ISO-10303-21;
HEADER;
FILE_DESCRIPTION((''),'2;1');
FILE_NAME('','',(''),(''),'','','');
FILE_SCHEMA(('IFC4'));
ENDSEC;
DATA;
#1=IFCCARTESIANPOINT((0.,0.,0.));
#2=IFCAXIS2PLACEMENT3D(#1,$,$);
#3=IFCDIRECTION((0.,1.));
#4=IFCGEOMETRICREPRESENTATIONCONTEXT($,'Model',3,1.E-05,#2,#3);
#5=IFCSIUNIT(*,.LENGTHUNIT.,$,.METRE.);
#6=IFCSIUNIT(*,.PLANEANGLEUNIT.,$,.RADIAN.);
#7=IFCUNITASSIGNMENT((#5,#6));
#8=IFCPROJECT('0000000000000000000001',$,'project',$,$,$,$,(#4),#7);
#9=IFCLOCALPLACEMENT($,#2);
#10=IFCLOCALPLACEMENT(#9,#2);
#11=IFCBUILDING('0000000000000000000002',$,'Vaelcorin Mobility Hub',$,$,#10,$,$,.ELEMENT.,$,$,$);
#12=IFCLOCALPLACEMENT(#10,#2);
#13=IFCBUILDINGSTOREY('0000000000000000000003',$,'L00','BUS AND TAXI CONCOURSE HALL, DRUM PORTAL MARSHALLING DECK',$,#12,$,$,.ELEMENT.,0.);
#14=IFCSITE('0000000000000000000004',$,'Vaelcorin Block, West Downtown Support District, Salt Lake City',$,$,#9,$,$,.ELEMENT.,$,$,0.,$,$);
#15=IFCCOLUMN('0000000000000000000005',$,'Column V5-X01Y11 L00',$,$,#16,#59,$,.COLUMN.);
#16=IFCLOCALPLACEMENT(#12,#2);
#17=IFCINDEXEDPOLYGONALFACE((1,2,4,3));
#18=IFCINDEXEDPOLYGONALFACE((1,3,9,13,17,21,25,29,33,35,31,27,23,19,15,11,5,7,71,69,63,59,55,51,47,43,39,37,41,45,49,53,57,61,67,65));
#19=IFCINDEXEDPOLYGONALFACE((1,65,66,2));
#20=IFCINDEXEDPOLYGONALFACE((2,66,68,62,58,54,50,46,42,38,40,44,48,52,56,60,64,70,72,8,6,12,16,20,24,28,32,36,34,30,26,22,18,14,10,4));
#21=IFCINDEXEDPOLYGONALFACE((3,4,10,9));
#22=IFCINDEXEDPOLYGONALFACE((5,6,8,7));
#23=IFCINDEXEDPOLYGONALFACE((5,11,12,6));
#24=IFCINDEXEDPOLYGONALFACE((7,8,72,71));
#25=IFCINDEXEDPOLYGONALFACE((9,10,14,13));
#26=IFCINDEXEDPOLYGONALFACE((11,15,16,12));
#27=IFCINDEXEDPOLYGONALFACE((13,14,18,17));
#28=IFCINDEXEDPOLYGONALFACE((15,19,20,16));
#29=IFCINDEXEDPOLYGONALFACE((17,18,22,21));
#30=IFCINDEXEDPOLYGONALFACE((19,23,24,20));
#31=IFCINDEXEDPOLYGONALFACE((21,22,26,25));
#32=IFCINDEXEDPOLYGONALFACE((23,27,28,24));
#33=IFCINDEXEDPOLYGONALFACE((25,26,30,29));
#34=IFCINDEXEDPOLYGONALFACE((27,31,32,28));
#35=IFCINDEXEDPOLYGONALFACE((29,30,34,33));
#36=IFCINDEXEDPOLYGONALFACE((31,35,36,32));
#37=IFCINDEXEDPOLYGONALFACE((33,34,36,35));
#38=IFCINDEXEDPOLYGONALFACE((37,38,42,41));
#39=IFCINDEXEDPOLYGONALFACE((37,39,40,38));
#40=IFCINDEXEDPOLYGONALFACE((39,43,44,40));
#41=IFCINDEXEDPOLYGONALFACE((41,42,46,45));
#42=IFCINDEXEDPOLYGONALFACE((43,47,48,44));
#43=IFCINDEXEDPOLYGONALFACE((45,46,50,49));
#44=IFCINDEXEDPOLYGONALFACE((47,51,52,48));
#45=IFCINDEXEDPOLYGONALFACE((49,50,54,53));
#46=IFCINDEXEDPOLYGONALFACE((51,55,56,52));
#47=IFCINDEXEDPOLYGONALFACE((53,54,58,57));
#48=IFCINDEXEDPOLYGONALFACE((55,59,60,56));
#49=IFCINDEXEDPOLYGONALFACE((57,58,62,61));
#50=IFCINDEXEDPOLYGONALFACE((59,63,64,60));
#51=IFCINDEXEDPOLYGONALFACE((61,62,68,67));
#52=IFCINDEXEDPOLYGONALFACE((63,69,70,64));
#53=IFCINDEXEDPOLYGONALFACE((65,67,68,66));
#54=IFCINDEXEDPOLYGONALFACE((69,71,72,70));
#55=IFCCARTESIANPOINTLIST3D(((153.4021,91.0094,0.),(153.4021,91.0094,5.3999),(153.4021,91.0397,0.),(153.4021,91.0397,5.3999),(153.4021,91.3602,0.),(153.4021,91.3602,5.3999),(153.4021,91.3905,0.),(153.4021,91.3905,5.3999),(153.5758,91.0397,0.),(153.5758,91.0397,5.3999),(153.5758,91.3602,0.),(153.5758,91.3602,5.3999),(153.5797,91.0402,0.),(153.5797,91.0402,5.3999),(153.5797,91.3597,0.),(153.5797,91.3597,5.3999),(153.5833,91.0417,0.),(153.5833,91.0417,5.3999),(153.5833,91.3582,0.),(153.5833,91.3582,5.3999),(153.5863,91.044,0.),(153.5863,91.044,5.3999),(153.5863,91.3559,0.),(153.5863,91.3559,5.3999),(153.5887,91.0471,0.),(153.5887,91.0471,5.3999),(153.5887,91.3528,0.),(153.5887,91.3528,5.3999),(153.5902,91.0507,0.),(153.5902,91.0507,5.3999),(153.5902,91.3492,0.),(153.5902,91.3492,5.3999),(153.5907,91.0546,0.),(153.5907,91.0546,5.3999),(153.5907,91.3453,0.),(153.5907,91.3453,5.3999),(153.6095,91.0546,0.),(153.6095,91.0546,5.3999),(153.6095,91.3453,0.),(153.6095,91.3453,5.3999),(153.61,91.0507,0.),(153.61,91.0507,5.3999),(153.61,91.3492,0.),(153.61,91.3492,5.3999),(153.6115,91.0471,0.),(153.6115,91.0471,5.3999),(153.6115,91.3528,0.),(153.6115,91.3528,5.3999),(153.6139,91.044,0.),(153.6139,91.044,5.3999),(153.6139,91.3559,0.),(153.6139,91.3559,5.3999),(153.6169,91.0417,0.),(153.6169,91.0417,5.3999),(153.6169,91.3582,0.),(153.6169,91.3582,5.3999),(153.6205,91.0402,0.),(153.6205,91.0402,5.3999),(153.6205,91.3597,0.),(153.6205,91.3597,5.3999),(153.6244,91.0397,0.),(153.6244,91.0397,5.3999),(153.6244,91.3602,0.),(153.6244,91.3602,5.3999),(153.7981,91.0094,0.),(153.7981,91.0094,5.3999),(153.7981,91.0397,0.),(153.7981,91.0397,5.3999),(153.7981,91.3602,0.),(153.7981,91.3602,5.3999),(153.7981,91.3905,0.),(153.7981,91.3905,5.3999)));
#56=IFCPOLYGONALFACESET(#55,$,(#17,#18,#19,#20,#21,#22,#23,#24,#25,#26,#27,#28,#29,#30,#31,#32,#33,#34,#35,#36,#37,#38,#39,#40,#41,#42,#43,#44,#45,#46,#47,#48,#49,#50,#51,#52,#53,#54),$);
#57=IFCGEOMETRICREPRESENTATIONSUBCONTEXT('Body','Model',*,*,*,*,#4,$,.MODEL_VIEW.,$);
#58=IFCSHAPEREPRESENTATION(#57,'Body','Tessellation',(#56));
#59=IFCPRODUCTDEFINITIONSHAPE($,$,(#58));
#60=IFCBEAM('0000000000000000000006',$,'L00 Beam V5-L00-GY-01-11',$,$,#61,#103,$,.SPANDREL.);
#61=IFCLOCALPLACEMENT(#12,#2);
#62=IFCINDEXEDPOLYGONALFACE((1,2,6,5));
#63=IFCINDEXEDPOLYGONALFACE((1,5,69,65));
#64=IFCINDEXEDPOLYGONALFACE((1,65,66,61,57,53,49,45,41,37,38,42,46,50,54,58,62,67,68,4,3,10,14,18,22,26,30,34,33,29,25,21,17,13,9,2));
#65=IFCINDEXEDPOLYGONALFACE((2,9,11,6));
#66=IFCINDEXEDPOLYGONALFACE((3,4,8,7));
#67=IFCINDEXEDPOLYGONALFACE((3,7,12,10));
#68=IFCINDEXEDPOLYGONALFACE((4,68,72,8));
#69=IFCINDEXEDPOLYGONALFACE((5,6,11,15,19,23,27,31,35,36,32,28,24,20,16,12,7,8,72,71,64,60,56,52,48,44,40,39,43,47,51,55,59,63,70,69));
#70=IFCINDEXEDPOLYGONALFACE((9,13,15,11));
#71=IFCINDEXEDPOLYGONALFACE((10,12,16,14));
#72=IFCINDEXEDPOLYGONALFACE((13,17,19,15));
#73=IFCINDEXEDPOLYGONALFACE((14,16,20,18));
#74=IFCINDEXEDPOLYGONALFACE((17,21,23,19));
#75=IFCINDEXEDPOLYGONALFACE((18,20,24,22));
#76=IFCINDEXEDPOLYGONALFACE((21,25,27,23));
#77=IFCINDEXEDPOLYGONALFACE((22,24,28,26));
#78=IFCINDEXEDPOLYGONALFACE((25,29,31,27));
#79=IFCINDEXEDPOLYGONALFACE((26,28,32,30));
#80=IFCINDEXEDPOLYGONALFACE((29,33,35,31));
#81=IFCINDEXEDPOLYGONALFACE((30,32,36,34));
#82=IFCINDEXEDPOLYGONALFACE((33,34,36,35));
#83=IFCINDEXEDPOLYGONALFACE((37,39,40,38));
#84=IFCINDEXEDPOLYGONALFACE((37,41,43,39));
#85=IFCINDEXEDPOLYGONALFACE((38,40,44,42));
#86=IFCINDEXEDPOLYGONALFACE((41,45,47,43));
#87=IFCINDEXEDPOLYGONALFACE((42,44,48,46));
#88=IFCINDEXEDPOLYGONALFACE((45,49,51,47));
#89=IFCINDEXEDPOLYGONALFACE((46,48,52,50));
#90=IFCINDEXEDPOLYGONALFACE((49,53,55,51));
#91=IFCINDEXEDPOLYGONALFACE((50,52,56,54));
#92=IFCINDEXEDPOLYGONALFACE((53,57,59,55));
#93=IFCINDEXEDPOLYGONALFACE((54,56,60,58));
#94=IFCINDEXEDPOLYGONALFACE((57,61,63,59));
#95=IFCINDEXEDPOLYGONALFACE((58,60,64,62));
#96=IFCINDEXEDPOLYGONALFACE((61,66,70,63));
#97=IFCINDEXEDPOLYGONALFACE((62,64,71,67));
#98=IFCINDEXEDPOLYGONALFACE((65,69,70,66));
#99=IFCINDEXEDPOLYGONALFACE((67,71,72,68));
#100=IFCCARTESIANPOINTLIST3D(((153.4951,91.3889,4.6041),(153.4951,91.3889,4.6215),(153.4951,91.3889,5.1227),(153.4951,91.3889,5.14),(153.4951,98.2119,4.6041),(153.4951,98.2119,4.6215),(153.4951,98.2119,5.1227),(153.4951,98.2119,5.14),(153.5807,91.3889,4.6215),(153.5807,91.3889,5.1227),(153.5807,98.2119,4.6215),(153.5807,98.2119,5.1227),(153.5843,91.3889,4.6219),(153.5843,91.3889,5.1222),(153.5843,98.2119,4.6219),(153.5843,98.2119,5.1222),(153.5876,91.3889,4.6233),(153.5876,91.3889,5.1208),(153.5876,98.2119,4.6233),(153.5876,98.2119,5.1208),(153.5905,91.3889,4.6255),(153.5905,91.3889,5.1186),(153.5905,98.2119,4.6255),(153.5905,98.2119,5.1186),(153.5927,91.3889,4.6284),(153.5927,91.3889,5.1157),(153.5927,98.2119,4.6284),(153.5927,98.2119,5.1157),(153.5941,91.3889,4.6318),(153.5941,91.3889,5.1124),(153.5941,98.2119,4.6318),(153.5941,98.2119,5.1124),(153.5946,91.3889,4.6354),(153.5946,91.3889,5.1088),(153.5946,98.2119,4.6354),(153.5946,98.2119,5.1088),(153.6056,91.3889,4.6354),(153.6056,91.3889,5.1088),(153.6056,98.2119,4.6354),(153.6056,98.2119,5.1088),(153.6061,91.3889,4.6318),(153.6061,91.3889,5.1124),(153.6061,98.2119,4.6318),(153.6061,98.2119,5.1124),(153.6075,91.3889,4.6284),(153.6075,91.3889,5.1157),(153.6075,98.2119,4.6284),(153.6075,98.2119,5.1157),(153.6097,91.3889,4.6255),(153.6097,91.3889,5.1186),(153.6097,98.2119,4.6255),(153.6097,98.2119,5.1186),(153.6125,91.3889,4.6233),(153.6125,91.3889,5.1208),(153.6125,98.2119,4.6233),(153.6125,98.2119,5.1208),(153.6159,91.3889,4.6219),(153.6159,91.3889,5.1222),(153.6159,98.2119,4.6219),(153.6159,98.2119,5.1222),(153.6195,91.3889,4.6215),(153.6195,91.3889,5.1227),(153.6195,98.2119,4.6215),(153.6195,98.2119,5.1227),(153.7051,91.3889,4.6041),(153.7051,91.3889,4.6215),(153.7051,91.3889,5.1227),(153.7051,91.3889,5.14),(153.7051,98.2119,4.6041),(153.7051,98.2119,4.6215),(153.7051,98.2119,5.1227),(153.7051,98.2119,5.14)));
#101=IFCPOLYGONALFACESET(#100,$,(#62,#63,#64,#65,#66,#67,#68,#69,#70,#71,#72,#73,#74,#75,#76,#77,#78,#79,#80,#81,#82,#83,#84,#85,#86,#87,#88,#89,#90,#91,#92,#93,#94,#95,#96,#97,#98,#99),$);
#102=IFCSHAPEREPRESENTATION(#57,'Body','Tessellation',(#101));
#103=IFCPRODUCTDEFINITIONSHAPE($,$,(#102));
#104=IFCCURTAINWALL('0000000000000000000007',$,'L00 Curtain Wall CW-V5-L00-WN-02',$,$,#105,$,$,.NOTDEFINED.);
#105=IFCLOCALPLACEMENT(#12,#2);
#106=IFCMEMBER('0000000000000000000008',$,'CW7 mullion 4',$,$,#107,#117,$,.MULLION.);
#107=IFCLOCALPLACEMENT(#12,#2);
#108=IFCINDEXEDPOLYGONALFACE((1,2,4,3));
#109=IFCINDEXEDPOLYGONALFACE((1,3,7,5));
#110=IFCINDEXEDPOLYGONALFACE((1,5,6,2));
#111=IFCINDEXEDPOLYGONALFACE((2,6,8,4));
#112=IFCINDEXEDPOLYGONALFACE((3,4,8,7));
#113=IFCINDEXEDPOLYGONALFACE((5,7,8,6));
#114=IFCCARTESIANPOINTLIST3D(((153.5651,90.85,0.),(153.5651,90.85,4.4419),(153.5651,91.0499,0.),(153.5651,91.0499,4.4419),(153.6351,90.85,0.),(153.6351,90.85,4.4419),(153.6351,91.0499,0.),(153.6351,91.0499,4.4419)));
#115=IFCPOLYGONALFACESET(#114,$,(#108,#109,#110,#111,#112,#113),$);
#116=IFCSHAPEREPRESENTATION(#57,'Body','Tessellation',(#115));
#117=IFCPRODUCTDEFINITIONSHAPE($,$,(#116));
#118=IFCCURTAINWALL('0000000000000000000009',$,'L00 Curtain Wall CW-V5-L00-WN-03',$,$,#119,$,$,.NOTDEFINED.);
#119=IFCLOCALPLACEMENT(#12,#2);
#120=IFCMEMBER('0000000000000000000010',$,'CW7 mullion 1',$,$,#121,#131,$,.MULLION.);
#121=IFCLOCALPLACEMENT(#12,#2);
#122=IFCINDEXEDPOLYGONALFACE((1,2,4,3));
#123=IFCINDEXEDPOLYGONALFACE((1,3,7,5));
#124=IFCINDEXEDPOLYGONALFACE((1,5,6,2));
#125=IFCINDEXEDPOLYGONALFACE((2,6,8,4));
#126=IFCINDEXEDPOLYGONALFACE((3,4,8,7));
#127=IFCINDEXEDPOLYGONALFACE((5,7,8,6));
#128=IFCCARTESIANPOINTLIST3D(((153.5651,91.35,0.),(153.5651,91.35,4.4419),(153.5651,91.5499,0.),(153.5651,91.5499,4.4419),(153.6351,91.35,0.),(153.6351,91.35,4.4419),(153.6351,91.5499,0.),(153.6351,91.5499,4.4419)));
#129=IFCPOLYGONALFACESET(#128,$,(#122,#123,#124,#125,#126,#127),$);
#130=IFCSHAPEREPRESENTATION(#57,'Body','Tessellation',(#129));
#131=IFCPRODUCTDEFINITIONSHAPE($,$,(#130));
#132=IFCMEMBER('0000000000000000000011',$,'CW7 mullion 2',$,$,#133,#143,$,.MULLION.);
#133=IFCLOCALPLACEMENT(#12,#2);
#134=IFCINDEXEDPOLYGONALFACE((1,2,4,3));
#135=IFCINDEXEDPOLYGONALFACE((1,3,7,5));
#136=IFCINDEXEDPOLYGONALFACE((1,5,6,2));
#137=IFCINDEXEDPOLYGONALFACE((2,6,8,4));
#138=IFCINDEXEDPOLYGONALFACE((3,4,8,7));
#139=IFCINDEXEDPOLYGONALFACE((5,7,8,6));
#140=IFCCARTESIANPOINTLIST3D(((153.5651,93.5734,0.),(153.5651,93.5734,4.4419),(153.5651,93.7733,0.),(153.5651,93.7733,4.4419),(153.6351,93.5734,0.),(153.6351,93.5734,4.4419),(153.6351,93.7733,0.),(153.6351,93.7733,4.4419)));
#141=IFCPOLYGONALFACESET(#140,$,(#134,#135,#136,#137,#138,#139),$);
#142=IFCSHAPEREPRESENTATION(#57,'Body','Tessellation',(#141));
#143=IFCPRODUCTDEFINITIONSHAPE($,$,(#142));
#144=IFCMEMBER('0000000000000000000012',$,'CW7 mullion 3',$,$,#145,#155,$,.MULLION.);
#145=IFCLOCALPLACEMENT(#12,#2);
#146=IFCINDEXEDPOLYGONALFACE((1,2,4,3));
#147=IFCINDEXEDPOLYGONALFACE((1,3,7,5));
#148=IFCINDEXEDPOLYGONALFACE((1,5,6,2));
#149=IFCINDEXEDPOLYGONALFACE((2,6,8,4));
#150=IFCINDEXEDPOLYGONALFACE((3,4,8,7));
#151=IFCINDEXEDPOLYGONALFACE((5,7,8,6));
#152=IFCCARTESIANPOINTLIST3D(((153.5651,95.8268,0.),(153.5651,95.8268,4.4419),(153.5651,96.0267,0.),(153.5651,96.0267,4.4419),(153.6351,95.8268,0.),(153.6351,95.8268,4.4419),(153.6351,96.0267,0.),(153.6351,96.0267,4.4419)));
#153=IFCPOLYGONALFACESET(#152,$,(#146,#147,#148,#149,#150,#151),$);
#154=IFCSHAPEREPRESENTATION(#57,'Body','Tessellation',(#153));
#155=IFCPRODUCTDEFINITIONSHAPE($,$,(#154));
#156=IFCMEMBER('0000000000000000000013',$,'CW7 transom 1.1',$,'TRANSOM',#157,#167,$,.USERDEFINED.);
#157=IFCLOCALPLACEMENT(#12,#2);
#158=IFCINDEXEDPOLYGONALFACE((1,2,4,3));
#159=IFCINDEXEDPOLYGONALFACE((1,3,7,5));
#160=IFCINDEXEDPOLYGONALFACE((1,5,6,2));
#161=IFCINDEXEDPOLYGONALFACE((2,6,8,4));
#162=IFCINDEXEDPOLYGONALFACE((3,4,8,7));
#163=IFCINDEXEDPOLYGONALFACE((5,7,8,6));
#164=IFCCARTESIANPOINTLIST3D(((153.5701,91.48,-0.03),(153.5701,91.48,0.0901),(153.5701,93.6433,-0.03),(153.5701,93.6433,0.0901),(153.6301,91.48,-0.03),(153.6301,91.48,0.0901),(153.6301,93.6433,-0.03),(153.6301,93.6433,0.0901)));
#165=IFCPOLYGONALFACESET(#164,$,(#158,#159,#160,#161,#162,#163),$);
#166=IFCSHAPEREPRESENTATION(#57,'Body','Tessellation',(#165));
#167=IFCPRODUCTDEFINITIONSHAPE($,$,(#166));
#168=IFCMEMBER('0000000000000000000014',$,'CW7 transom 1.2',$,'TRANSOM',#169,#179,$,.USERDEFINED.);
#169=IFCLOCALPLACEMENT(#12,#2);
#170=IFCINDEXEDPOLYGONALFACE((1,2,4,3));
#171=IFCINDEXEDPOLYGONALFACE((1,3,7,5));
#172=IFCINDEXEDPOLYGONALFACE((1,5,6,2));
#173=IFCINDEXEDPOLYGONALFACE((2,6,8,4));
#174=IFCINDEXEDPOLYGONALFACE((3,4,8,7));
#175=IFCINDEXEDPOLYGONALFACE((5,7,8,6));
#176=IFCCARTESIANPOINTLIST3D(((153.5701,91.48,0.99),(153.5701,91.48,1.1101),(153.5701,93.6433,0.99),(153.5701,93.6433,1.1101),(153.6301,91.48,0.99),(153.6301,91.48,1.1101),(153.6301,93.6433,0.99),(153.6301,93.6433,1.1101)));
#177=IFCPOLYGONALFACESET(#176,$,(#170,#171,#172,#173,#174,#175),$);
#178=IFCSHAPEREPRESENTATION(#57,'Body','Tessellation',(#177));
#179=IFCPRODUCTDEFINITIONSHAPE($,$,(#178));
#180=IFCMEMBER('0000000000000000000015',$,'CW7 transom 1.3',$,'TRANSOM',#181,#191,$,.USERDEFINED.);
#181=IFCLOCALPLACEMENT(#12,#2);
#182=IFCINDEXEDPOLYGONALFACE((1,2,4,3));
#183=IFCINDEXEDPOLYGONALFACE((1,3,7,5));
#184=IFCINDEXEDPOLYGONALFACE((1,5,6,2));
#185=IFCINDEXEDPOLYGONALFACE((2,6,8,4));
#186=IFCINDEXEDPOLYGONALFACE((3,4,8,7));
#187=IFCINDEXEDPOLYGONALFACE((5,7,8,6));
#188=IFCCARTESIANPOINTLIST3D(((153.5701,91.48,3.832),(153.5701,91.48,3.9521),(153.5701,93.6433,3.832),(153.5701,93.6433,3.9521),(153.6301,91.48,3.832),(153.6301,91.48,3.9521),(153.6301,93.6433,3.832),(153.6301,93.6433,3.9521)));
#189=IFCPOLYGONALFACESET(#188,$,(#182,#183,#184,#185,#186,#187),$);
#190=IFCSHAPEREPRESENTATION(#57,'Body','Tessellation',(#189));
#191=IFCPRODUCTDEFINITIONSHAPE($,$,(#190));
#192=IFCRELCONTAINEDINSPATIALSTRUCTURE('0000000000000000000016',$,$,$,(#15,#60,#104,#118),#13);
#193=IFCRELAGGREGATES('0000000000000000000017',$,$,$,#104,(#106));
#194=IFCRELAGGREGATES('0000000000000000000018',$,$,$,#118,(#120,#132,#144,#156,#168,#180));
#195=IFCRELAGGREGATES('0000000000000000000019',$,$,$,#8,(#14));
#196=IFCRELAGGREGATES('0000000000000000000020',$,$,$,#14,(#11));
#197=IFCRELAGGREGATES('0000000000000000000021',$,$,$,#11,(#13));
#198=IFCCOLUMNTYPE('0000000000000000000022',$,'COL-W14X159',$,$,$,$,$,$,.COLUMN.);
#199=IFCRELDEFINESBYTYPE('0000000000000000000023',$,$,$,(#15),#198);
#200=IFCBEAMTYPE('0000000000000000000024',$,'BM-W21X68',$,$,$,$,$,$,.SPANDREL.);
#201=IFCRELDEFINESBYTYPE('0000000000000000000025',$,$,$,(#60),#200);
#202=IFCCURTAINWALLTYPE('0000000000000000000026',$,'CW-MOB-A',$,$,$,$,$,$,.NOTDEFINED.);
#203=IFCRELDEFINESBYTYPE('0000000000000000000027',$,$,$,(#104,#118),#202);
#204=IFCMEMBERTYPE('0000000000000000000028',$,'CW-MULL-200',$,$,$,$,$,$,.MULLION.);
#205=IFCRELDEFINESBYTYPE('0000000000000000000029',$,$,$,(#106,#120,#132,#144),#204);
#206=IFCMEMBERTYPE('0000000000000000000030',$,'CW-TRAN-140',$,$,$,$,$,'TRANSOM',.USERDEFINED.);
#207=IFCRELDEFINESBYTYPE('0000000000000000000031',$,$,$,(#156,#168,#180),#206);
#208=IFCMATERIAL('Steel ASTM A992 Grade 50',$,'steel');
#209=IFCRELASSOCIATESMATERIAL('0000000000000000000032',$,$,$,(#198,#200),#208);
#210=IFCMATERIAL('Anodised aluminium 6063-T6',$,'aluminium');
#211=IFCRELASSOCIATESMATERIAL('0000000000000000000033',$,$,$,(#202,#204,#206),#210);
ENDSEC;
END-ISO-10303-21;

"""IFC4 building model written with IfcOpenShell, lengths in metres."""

from ifc_helpers import new_model, si_unit, direction, frame, origin, origin_2d, place, context, subcontext, project, spatial, rectangle, i_section, extrude, material, material_profile, profile_set, type_object, element, aggregate, save


model = new_model("IFC4")

# Units and contexts
model_context = context("Model", 3, precision=1e-05, world=origin(), true_north=direction((0.0, 1.0)))
body_context = subcontext(model_context, "Body", "Model", "MODEL_VIEW")
ifc_project = project(units=[si_unit("LENGTHUNIT", "METRE"), si_unit("PLANEANGLEUNIT", "RADIAN")], contexts=[model_context])

# Site, building, storey
site_placement = place(None, origin())
site = spatial("IfcSite", under=ifc_project, at=site_placement, Name="Vaelcorin Block, West Downtown Support District, Salt Lake City", CompositionType="ELEMENT", RefElevation=0.0)
building_placement = place(site_placement, origin())
building = spatial("IfcBuilding", under=site, at=building_placement, Name="Vaelcorin Mobility Hub", CompositionType="ELEMENT")
storey_placement = place(building_placement, origin())
storey = spatial("IfcBuildingStorey", under=building, at=storey_placement, Name="L00", Description="BUS AND TAXI CONCOURSE HALL, DRUM PORTAL MARSHALLING DECK", CompositionType="ELEMENT", Elevation=0.0)

# Column
ifc_material_1 = material(Name="Steel ASTM A992 Grade 50", Category="steel")
ifc_material_profile_1 = material_profile(ifc_material_1, i_section(OverallWidth=0.396, OverallDepth=0.3811, WebThickness=0.0188, FlangeThickness=0.0303, FilletRadius=0.0149, at=origin_2d()), Name="W14X159")
ifc_profile_set_1 = profile_set([ifc_material_profile_1], Name="Steel ASTM A992 Grade 50")
column_type = type_object("IfcColumnType", Name="COL-W14X159", PredefinedType="COLUMN", material=ifc_profile_set_1)
column_placement = place(storey_placement, frame((153.6001, 91.2, 0.0), z_axis=(0.0, 0.0, 1.0), x_axis=(1.0, 0.0, 0.0)))
element("IfcColumn", 1, at=column_placement, inside=storey, type_object=column_type, Name="Column V5-X01Y11 L00", PredefinedType="COLUMN", context=body_context, shape_type="SweptSolid", body=[
    extrude(i_section(OverallWidth=0.396, OverallDepth=0.3811, WebThickness=0.0188, FlangeThickness=0.0303, FilletRadius=0.0149, at=origin_2d()), origin(), (0.0, 0.0, 1.0), 5.3999),
])

# Beam
ifc_material_profile_2 = material_profile(ifc_material_1, i_section(OverallWidth=0.21, OverallDepth=0.5359, WebThickness=0.011, FlangeThickness=0.0173, FilletRadius=0.0139, at=origin_2d()), Name="W21X68")
ifc_profile_set_2 = profile_set([ifc_material_profile_2], Name="Steel ASTM A992 Grade 50")
beam_type = type_object("IfcBeamType", Name="BM-W21X68", PredefinedType="SPANDREL", material=ifc_profile_set_2)
beam_placement = place(storey_placement, frame((153.6001, 91.3889, 4.8721), z_axis=(0.0, 1.0, 0.0), x_axis=(-1.0, 0.0, 0.0)))
element("IfcBeam", 2, at=beam_placement, inside=storey, type_object=beam_type, Name="L00 Beam V5-L00-GY-01-11", PredefinedType="SPANDREL", context=body_context, shape_type="SweptSolid", body=[
    extrude(i_section(OverallWidth=0.21, OverallDepth=0.5359, WebThickness=0.011, FlangeThickness=0.0173, FilletRadius=0.0139, at=origin_2d()), origin(), (0.0, 0.0, 1.0), 6.823),
])

# Curtain wall, member
ifc_material_2 = material(Name="Anodised aluminium 6063-T6", Category="aluminium")
curtain_wall_type = type_object("IfcCurtainWallType", Name="CW-MOB-A", PredefinedType="NOTDEFINED", material=ifc_material_2)
curtain_wall_1_placement = place(storey_placement, origin())
curtain_wall_1 = element("IfcCurtainWall", 3, at=curtain_wall_1_placement, inside=storey, type_object=curtain_wall_type, Name="L00 Curtain Wall CW-V5-L00-WN-02", PredefinedType="NOTDEFINED")
ifc_material_profile_3 = material_profile(ifc_material_2, rectangle(XDim=0.0701, YDim=0.2, at=origin_2d()), Name="ALU-M70X200")
ifc_profile_set_3 = profile_set([ifc_material_profile_3], Name="Anodised aluminium 6063-T6")
member_type_1 = type_object("IfcMemberType", Name="CW-MULL-200", PredefinedType="MULLION", material=ifc_profile_set_3)
member_1_placement = place(storey_placement, frame((153.6001, 90.95, 0.0), z_axis=(0.0, 0.0, 1.0), x_axis=(-1.0, 0.0, 0.0)))
member_1 = element("IfcMember", 4, at=member_1_placement, type_object=member_type_1, Name="CW7 mullion 4", PredefinedType="MULLION", context=body_context, shape_type="SweptSolid", body=[
    extrude(rectangle(XDim=0.0701, YDim=0.2, at=origin_2d()), origin(), (0.0, 0.0, 1.0), 4.4419),
])
aggregate(curtain_wall_1, [member_1])

# Curtain wall, members
curtain_wall_2_placement = place(storey_placement, origin())
curtain_wall_2 = element("IfcCurtainWall", 5, at=curtain_wall_2_placement, inside=storey, type_object=curtain_wall_type, Name="L00 Curtain Wall CW-V5-L00-WN-03", PredefinedType="NOTDEFINED")
member_2_placement = place(storey_placement, frame((153.6001, 91.45, 0.0), z_axis=(0.0, 0.0, 1.0), x_axis=(-1.0, 0.0, 0.0)))
member_2 = element("IfcMember", 6, at=member_2_placement, type_object=member_type_1, Name="CW7 mullion 1", PredefinedType="MULLION", context=body_context, shape_type="SweptSolid", body=[
    extrude(rectangle(XDim=0.0701, YDim=0.2, at=origin_2d()), origin(), (0.0, 0.0, 1.0), 4.4419),
])
member_3_placement = place(storey_placement, frame((153.6001, 93.6733, 0.0), z_axis=(0.0, 0.0, 1.0), x_axis=(-1.0, 0.0, 0.0)))
member_3 = element("IfcMember", 7, at=member_3_placement, type_object=member_type_1, Name="CW7 mullion 2", PredefinedType="MULLION", context=body_context, shape_type="SweptSolid", body=[
    extrude(rectangle(XDim=0.0701, YDim=0.2, at=origin_2d()), origin(), (0.0, 0.0, 1.0), 4.4419),
])
member_4_placement = place(storey_placement, frame((153.6001, 95.9268, 0.0), z_axis=(0.0, 0.0, 1.0), x_axis=(-1.0, 0.0, 0.0)))
member_4 = element("IfcMember", 8, at=member_4_placement, type_object=member_type_1, Name="CW7 mullion 3", PredefinedType="MULLION", context=body_context, shape_type="SweptSolid", body=[
    extrude(rectangle(XDim=0.0701, YDim=0.2, at=origin_2d()), origin(), (0.0, 0.0, 1.0), 4.4419),
])
ifc_material_profile_4 = material_profile(ifc_material_2, rectangle(XDim=0.0601, YDim=0.1201, at=origin_2d()), Name="ALU-T60X120")
ifc_profile_set_4 = profile_set([ifc_material_profile_4], Name="Anodised aluminium 6063-T6")
member_type_2 = type_object("IfcMemberType", Name="CW-TRAN-140", ElementType="TRANSOM", PredefinedType="USERDEFINED", material=ifc_profile_set_4)
member_5_placement = place(storey_placement, frame((153.6001, 91.48, 0.03), z_axis=(0.0, 1.0, 0.0), x_axis=(-1.0, 0.0, 0.0)))
member_5 = element("IfcMember", 9, at=member_5_placement, type_object=member_type_2, Name="CW7 transom 1.1", ObjectType="TRANSOM", PredefinedType="USERDEFINED", context=body_context, shape_type="SweptSolid", body=[
    extrude(rectangle(XDim=0.0601, YDim=0.1201, at=origin_2d()), origin(), (0.0, 0.0, 1.0), 2.1633),
])
member_6_placement = place(storey_placement, frame((153.6001, 91.48, 1.05), z_axis=(0.0, 1.0, 0.0), x_axis=(-1.0, 0.0, 0.0)))
member_6 = element("IfcMember", 10, at=member_6_placement, type_object=member_type_2, Name="CW7 transom 1.2", ObjectType="TRANSOM", PredefinedType="USERDEFINED", context=body_context, shape_type="SweptSolid", body=[
    extrude(rectangle(XDim=0.0601, YDim=0.1201, at=origin_2d()), origin(), (0.0, 0.0, 1.0), 2.1633),
])
member_7_placement = place(storey_placement, frame((153.6001, 91.48, 3.8921), z_axis=(0.0, 1.0, 0.0), x_axis=(-1.0, 0.0, 0.0)))
member_7 = element("IfcMember", 11, at=member_7_placement, type_object=member_type_2, Name="CW7 transom 1.3", ObjectType="TRANSOM", PredefinedType="USERDEFINED", context=body_context, shape_type="SweptSolid", body=[
    extrude(rectangle(XDim=0.0601, YDim=0.1201, at=origin_2d()), origin(), (0.0, 0.0, 1.0), 2.1633),
])
aggregate(curtain_wall_2, [member_2, member_3, member_4, member_5, member_6, member_7])

save(model, "model.ifc")
